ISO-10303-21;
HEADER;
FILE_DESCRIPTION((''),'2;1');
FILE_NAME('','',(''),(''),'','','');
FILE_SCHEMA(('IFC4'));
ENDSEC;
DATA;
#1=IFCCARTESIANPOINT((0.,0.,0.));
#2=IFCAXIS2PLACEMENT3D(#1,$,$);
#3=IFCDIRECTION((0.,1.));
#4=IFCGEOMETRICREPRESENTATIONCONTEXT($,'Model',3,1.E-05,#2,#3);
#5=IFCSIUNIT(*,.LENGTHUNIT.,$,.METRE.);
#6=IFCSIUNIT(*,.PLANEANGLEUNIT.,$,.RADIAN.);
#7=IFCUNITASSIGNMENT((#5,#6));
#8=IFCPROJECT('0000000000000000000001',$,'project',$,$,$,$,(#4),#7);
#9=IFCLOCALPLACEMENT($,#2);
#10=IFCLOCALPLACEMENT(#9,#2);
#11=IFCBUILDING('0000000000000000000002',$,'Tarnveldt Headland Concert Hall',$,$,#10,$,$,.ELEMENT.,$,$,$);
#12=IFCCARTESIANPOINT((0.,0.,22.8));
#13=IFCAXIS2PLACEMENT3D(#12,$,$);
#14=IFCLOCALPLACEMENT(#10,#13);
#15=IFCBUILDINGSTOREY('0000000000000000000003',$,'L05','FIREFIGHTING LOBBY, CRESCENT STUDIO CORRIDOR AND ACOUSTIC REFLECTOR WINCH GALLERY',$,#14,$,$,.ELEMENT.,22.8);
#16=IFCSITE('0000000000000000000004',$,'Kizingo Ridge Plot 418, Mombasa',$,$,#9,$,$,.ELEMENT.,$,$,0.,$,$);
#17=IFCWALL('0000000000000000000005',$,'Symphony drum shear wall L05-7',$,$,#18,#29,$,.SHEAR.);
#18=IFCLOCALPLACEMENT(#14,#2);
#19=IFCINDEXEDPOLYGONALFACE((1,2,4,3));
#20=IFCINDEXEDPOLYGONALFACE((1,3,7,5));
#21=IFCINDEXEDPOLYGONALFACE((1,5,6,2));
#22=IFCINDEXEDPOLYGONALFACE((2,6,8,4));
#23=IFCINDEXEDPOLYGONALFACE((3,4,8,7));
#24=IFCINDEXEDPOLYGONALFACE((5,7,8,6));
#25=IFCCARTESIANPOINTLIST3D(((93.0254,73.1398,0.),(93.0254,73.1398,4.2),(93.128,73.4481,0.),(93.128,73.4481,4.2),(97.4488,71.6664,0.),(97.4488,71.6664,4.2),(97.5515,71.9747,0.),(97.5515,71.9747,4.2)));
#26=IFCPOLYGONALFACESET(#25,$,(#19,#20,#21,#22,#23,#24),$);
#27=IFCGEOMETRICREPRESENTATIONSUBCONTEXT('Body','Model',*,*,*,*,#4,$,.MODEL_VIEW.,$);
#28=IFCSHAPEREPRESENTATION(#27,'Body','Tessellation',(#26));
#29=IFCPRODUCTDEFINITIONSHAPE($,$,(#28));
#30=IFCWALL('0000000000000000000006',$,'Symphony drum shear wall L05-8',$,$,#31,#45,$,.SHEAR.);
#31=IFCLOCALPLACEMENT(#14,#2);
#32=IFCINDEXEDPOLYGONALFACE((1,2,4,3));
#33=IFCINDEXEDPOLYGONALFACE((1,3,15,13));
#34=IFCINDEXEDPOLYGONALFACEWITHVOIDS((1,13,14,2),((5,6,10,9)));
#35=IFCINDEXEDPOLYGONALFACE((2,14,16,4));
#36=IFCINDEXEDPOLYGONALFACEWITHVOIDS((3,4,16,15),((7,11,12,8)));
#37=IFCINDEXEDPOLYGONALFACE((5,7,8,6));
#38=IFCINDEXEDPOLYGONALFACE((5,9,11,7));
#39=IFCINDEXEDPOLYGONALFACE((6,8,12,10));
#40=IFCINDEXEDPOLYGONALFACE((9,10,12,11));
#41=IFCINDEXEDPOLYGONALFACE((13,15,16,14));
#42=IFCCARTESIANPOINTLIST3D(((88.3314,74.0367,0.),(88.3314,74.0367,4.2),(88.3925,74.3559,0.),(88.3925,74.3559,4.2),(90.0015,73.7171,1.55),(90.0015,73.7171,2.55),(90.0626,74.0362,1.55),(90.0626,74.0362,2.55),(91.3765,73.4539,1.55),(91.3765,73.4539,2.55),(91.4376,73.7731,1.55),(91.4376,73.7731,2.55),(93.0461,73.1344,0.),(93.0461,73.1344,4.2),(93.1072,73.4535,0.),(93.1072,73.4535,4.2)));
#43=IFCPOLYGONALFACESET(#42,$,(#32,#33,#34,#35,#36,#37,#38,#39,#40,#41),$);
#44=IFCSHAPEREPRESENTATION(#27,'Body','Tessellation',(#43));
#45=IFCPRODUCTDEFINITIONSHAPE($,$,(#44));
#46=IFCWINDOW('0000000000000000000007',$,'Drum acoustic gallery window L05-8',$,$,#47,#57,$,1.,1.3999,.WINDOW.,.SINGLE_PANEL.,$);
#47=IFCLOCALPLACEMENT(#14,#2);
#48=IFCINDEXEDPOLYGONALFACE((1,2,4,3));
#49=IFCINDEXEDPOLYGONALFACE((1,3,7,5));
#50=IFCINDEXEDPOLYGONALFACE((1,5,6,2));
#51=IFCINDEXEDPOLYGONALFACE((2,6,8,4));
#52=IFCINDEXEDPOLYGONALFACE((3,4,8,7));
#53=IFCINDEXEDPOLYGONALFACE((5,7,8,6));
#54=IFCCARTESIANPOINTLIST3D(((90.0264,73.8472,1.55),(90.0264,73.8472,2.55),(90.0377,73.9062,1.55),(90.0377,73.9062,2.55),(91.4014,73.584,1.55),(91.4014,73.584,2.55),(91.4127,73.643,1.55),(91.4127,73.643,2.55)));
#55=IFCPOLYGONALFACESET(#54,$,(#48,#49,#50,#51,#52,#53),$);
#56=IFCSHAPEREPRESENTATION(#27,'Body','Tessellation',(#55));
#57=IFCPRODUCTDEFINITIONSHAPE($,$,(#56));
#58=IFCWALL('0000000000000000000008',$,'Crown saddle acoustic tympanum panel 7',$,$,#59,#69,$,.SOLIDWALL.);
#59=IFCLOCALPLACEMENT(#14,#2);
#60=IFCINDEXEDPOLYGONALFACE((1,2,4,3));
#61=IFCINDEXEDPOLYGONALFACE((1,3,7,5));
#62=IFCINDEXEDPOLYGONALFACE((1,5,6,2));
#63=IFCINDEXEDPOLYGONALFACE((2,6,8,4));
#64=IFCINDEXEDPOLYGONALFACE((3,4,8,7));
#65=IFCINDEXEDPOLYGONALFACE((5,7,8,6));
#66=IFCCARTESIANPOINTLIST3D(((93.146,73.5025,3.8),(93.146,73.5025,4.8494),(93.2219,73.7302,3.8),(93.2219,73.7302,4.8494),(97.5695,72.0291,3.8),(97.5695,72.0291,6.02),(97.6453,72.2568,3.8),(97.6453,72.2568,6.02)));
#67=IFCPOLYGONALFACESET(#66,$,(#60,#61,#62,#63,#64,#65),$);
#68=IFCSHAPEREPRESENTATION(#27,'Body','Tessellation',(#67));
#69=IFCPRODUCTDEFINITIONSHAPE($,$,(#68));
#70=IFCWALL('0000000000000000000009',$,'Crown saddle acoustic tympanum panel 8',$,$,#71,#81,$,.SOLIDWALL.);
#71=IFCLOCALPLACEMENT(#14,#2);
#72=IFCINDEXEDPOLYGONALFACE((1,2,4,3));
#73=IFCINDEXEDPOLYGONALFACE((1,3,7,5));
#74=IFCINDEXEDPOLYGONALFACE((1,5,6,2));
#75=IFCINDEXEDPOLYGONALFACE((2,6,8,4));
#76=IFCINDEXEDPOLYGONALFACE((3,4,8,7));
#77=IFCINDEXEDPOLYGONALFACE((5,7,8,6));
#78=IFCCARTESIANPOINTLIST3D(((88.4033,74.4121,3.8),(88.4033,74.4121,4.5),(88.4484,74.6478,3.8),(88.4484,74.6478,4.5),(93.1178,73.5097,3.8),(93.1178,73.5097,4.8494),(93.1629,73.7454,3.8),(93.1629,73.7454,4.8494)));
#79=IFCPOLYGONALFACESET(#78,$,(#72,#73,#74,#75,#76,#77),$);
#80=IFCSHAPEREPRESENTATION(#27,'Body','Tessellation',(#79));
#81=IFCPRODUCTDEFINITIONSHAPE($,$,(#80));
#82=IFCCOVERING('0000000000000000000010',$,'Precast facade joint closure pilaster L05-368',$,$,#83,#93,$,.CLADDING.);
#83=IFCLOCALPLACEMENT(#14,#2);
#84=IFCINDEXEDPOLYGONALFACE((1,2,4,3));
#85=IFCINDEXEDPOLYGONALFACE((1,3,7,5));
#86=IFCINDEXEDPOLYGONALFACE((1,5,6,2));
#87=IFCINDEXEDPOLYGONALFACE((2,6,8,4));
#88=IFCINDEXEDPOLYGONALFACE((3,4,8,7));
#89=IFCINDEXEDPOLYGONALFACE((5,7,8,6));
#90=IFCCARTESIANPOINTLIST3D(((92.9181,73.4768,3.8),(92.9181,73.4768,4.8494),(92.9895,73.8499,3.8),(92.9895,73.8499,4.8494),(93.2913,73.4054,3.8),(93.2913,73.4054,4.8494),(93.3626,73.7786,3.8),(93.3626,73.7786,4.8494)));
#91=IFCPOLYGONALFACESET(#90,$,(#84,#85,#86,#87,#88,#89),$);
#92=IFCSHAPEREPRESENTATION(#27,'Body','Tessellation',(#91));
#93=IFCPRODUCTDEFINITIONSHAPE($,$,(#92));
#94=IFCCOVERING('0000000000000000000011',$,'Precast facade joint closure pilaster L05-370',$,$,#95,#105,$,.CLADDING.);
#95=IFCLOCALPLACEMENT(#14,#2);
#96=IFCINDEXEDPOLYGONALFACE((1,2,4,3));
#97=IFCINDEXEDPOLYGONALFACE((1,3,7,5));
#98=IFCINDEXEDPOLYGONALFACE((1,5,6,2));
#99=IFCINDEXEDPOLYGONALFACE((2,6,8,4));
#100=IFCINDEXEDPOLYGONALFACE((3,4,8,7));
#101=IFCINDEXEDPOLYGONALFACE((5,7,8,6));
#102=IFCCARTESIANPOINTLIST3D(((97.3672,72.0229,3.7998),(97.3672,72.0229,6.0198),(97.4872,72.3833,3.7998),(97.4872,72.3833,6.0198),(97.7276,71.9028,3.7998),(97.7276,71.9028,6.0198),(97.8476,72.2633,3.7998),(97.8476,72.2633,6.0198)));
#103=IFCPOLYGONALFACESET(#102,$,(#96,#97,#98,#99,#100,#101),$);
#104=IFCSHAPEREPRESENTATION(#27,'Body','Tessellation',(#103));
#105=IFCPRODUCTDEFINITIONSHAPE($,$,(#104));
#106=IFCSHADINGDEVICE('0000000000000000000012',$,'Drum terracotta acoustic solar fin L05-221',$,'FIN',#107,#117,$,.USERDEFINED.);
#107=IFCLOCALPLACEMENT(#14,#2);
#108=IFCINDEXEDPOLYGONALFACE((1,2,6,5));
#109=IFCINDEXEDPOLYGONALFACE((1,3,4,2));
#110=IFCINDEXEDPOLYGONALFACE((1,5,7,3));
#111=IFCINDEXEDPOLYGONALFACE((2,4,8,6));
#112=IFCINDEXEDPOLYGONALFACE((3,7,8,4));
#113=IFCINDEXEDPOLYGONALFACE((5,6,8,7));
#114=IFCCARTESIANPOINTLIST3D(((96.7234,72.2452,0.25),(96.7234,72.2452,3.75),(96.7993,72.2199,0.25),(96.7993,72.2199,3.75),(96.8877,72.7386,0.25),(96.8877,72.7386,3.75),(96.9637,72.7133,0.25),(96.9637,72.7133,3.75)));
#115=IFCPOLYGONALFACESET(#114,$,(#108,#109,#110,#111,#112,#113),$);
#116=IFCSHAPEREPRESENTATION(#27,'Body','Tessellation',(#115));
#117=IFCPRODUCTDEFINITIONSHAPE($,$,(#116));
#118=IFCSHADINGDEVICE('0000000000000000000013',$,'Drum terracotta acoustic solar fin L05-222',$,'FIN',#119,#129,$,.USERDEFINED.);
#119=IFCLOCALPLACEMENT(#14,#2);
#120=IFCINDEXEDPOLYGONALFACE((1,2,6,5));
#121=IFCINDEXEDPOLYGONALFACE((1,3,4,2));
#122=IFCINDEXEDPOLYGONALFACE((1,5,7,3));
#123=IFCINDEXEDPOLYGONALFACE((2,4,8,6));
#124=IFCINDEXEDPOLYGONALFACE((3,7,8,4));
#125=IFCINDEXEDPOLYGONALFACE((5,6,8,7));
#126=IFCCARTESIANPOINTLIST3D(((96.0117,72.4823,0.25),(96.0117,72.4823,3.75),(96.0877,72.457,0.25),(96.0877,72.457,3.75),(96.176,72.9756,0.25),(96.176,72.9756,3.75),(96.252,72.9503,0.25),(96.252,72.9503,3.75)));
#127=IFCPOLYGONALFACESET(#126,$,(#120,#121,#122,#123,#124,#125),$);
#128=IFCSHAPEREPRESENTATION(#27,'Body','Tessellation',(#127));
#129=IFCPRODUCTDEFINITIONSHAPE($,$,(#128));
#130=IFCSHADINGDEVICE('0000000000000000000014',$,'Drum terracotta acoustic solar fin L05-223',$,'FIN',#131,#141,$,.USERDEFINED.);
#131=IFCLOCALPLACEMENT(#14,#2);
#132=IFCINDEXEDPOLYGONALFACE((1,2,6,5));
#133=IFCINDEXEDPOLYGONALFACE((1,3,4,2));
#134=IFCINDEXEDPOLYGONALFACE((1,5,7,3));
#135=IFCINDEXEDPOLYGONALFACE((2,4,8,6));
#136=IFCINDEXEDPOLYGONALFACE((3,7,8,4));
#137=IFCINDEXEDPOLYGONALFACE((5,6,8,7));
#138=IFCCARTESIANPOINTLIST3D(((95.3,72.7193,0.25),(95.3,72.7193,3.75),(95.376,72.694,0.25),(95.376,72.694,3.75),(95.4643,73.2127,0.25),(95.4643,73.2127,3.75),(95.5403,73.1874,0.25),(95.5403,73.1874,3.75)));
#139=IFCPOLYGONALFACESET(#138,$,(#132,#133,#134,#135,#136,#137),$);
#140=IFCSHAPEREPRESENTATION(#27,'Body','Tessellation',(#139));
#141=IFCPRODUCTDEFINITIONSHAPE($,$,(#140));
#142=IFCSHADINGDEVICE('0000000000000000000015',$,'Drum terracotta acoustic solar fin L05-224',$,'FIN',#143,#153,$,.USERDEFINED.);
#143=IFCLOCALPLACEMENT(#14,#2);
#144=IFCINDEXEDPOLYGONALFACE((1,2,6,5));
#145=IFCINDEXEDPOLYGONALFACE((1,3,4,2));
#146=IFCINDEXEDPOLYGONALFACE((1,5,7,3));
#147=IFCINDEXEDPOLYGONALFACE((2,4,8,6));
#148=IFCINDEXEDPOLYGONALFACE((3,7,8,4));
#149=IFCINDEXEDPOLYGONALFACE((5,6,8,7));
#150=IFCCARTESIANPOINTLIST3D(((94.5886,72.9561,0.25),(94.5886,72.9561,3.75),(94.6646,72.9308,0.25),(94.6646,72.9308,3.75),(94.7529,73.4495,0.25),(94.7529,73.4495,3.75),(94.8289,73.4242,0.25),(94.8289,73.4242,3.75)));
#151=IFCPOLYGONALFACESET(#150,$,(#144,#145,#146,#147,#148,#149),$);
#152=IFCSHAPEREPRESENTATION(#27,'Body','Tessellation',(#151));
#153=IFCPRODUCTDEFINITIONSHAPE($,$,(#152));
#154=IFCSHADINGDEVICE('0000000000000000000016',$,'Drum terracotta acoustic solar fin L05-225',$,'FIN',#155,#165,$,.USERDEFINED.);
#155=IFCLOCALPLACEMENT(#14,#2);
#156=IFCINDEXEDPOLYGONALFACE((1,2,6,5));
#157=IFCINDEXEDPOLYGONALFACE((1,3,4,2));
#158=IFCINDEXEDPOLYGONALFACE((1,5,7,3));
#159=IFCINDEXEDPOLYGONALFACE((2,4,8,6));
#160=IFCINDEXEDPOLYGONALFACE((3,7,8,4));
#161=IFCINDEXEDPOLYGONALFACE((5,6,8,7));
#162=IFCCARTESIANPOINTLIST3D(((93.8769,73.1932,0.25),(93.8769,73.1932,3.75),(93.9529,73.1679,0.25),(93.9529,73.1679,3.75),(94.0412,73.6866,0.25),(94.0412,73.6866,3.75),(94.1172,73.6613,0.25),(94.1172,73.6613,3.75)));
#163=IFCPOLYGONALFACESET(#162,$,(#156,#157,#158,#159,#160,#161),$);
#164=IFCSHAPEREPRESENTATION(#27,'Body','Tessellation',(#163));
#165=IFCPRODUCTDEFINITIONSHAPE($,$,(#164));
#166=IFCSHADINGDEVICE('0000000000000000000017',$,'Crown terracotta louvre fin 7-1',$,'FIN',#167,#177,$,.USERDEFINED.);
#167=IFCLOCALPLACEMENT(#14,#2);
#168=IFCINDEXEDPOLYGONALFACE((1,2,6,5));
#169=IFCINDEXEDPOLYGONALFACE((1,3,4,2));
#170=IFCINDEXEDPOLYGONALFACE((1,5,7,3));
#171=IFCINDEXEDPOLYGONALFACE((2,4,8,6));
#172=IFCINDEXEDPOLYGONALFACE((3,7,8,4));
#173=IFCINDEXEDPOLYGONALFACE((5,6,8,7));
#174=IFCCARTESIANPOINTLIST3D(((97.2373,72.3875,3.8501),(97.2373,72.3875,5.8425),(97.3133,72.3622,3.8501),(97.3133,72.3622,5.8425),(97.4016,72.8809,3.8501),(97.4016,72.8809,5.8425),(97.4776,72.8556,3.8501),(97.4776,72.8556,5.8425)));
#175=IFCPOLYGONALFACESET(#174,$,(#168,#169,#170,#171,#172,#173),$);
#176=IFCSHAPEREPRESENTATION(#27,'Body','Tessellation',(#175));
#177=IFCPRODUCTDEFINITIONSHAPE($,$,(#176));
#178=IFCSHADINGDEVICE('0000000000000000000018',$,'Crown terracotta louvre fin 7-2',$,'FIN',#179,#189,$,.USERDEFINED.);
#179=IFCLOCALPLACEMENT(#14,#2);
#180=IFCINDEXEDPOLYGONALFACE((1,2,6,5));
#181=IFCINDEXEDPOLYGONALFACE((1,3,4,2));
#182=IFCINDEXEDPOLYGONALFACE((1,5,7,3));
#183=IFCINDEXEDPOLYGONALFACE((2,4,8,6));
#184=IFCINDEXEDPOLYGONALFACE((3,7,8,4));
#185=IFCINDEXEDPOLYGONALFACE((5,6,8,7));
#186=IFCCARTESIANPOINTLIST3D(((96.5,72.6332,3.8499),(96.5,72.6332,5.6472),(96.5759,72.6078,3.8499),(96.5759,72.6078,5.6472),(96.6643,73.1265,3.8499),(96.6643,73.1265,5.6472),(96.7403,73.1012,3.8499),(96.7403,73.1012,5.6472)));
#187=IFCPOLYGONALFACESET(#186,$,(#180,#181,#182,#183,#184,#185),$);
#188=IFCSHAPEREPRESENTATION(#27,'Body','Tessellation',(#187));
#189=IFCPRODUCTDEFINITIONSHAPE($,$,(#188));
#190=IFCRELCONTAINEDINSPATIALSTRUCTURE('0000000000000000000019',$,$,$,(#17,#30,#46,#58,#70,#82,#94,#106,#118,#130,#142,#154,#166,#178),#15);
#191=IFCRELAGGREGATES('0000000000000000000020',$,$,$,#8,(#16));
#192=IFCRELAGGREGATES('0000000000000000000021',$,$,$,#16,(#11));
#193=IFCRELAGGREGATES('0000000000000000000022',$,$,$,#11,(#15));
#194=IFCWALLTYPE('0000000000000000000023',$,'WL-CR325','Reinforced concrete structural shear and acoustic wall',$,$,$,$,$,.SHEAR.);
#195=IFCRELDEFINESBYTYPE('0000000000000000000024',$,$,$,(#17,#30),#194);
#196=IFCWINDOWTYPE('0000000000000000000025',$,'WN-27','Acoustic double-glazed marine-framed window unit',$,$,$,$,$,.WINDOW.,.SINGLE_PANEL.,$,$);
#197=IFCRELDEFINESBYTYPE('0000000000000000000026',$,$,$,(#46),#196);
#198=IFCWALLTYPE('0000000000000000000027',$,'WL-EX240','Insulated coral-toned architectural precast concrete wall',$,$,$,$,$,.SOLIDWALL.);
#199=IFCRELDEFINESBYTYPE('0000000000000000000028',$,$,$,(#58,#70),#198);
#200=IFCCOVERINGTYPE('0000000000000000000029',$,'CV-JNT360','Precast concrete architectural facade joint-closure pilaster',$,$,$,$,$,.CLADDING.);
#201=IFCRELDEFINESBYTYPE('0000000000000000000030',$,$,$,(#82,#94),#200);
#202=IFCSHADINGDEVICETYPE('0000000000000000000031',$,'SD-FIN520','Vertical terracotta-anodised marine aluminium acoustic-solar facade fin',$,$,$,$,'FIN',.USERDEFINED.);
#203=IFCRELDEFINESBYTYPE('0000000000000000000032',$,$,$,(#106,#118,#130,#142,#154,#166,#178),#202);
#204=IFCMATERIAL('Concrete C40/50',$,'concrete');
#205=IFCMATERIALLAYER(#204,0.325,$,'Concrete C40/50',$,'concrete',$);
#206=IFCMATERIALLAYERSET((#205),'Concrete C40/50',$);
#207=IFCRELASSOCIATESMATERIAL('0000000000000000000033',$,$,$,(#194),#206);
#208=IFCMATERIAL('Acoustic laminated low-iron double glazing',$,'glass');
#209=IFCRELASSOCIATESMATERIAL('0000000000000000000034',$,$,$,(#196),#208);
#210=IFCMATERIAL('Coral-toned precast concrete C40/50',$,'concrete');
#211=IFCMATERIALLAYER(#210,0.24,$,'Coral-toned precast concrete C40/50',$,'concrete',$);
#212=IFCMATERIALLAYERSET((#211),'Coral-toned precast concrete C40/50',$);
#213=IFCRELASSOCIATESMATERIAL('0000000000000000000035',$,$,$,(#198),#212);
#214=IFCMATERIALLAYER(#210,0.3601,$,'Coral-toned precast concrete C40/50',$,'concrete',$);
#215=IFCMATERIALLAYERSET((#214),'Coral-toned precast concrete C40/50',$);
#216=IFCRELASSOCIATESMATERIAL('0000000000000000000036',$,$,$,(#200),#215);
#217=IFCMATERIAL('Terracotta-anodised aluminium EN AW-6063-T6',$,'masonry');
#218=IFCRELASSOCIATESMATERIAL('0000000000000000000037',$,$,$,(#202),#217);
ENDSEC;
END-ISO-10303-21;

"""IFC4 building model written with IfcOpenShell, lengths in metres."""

from ifc_helpers import new_model, si_unit, direction, frame, frame_2d, origin, origin_2d, place, context, subcontext, project, spatial, polyline, rectangle, outline, extrude, material, layer, layer_set, type_object, element, fill, save


model = new_model("IFC4")

# Units and contexts
model_context = context("Model", 3, precision=1e-05, world=origin(), true_north=direction((0.0, 1.0)))
body_context = subcontext(model_context, "Body", "Model", "MODEL_VIEW")
ifc_project = project(units=[si_unit("LENGTHUNIT", "METRE"), si_unit("PLANEANGLEUNIT", "RADIAN")], contexts=[model_context])

# Site, building, storey
site_placement = place(None, origin())
site = spatial("IfcSite", under=ifc_project, at=site_placement, Name="Kizingo Ridge Plot 418, Mombasa", CompositionType="ELEMENT", RefElevation=0.0)
building_placement = place(site_placement, origin())
building = spatial("IfcBuilding", under=site, at=building_placement, Name="Tarnveldt Headland Concert Hall", CompositionType="ELEMENT")
storey_placement = place(building_placement, frame((0.0, 0.0, 22.8)))
storey = spatial("IfcBuildingStorey", under=building, at=storey_placement, Name="L05", Description="FIREFIGHTING LOBBY, CRESCENT STUDIO CORRIDOR AND ACOUSTIC REFLECTOR WINCH GALLERY", CompositionType="ELEMENT", Elevation=22.8)

# Shared definitions
ifc_material_1 = material(Name="Concrete C40/50", Category="concrete")

# Wall
ifc_layer_1 = layer(ifc_material_1, 0.325, Name="Concrete C40/50", Category="concrete")
ifc_layer_set_1 = layer_set([ifc_layer_1], Name="Concrete C40/50")
wall_type_1 = type_object("IfcWallType", Name="WL-CR325", Description="Reinforced concrete structural shear and acoustic wall", PredefinedType="SHEAR", material=ifc_layer_set_1)
wall_1_placement = place(storey_placement, frame((97.5, 71.8206, 0.0), z_axis=(0.0, 0.0, 1.0), x_axis=(-0.948751, 0.316024, 0.0)))
element("IfcWall", 1, at=wall_1_placement, inside=storey, type_object=wall_type_1, Name="Symphony drum shear wall L05-7", PredefinedType="SHEAR", context=body_context, shape_type="SweptSolid", body=[
    extrude(rectangle(XDim=4.6624, YDim=0.325, at=frame_2d((2.3311, 0.0))), origin(), (0.0, 0.0, 1.0), 4.2),
])

# Wall, opening, window
wall_2_placement = place(storey_placement, frame((93.0767, 73.2939, 0.0), z_axis=(0.0, 0.0, 1.0), x_axis=(-0.982173, 0.187981, 0.0)))
wall_2 = element("IfcWall", 2, at=wall_2_placement, inside=storey, type_object=wall_type_1, Name="Symphony drum shear wall L05-8", PredefinedType="SHEAR", context=body_context, shape_type="SweptSolid", body=[
    extrude(rectangle(XDim=4.8003, YDim=0.325, at=frame_2d((2.4001, 0.0))), origin(), (0.0, 0.0, 1.0), 4.2),
])
opening_placement = place(wall_2_placement, frame((1.7, 0.0, 1.55)))
opening = element("IfcOpeningElement", 3, at=opening_placement, cuts=wall_2, PredefinedType="OPENING", context=body_context, shape_type="SweptSolid", body=[
    extrude(rectangle(XDim=1.3999, YDim=1.0, at=frame_2d((0.7, 0.5))), frame((0.0, 0.1724, 0.0), z_axis=(0.0, -1.0, 0.0), x_axis=(1.0, 0.0, 0.0)), (0.0, 0.0, 1.0), 0.345),
])
ifc_material_2 = material(Name="Acoustic laminated low-iron double glazing", Category="glass")
window_type = type_object("IfcWindowType", Name="WN-27", Description="Acoustic double-glazed marine-framed window unit", PartitioningType="SINGLE_PANEL", PredefinedType="WINDOW", material=ifc_material_2)
window_placement = place(opening_placement, origin())
window = element("IfcWindow", 4, at=window_placement, inside=storey, type_object=window_type, Name="Drum acoustic gallery window L05-8", OverallHeight=1.0, OverallWidth=1.3999, PartitioningType="SINGLE_PANEL", PredefinedType="WINDOW", context=body_context, shape_type="SweptSolid", body=[
    extrude(rectangle(XDim=1.3999, YDim=1.0, at=frame_2d((0.7, 0.5))), frame((0.0, 0.03, 0.0), z_axis=(0.0, -1.0, 0.0), x_axis=(1.0, 0.0, 0.0)), (0.0, 0.0, 1.0), 0.0601),
])
fill(opening, window)

# Walls
ifc_material_3 = material(Name="Coral-toned precast concrete C40/50", Category="concrete")
ifc_layer_2 = layer(ifc_material_3, 0.24, Name="Coral-toned precast concrete C40/50", Category="concrete")
ifc_layer_set_2 = layer_set([ifc_layer_2], Name="Coral-toned precast concrete C40/50")
wall_type_2 = type_object("IfcWallType", Name="WL-EX240", Description="Insulated coral-toned architectural precast concrete wall", PredefinedType="SOLIDWALL", material=ifc_layer_set_2)
wall_3_placement = place(storey_placement, frame((97.6074, 72.1431, 3.8), z_axis=(0.0, 0.0, 1.0), x_axis=(-0.948751, 0.316024, 0.0)))
element("IfcWall", 5, at=wall_3_placement, inside=storey, type_object=wall_type_2, Name="Crown saddle acoustic tympanum panel 7", PredefinedType="SOLIDWALL", context=body_context, shape_type="SweptSolid", body=[
    extrude(outline(polyline([(0.0, 0.0), (4.6624, 0.0), (4.6624, 1.0493), (0.0, 2.22), (0.0, 0.0)])), frame((0.0, 0.1201, 0.0), z_axis=(0.0, -1.0, 0.0), x_axis=(1.0, 0.0, 0.0)), (0.0, 0.0, 1.0), 0.24),
])
wall_4_placement = place(storey_placement, frame((93.1404, 73.6277, 3.8), z_axis=(0.0, 0.0, 1.0), x_axis=(-0.982171, 0.187991, 0.0)))
element("IfcWall", 6, at=wall_4_placement, inside=storey, type_object=wall_type_2, Name="Crown saddle acoustic tympanum panel 8", PredefinedType="SOLIDWALL", context=body_context, shape_type="SweptSolid", body=[
    extrude(outline(polyline([(0.0, 0.0), (4.8, 0.0), (4.8, 0.7), (0.0, 1.0493), (0.0, 0.0)])), frame((0.0, 0.1201, 0.0), z_axis=(0.0, -1.0, 0.0), x_axis=(1.0, 0.0, 0.0)), (0.0, 0.0, 1.0), 0.24),
])

# Coverings
ifc_layer_3 = layer(ifc_material_3, 0.3601, Name="Coral-toned precast concrete C40/50", Category="concrete")
ifc_layer_set_3 = layer_set([ifc_layer_3], Name="Coral-toned precast concrete C40/50")
covering_type = type_object("IfcCoveringType", Name="CV-JNT360", Description="Precast concrete architectural facade joint-closure pilaster", PredefinedType="CLADDING", material=ifc_layer_set_3)
covering_1_placement = place(storey_placement, frame((93.1404, 73.6277, 3.8), z_axis=(0.0, 0.0, 1.0), x_axis=(0.187896, 0.982189, 0.0)))
element("IfcCovering", 7, at=covering_1_placement, inside=storey, type_object=covering_type, Name="Precast facade joint closure pilaster L05-368", PredefinedType="CLADDING", context=body_context, shape_type="SweptSolid", body=[
    extrude(rectangle(XDim=0.3799, YDim=0.3799, at=origin_2d()), origin(), (0.0, 0.0, 1.0), 1.0493),
])
covering_2_placement = place(storey_placement, frame((97.6074, 72.1431, 3.7998), z_axis=(0.0, 0.0, 1.0), x_axis=(0.31598, 0.948766, 0.0)))
element("IfcCovering", 8, at=covering_2_placement, inside=storey, type_object=covering_type, Name="Precast facade joint closure pilaster L05-370", PredefinedType="CLADDING", context=body_context, shape_type="SweptSolid", body=[
    extrude(rectangle(XDim=0.3799, YDim=0.3799, at=origin_2d()), origin(), (0.0, 0.0, 1.0), 2.22),
])

# Shading devices
ifc_material_4 = material(Name="Terracotta-anodised aluminium EN AW-6063-T6", Category="masonry")
shading_device_type = type_object("IfcShadingDeviceType", Name="SD-FIN520", Description="Vertical terracotta-anodised marine aluminium acoustic-solar facade fin", ElementType="FIN", PredefinedType="USERDEFINED", material=ifc_material_4)
for number, where, z_axis, x_axis, name in (
    (9, (96.8435, 72.4792, 0.25), (0.0, 0.0, 1.0), (0.31598, 0.948766, 0.0), "Drum terracotta acoustic solar fin L05-221"),
    (10, (96.1318, 72.7163, 0.25), (0.0, 0.0, 1.0), (0.31598, 0.948766, 0.0), "Drum terracotta acoustic solar fin L05-222"),
    (11, (95.4202, 72.9534, 0.25), (0.0, 0.0, 1.0), (0.31598, 0.948766, 0.0), "Drum terracotta acoustic solar fin L05-223"),
    (12, (94.7087, 73.1902, 0.25), (0.0, 0.0, 1.0), (0.31598, 0.948766, 0.0), "Drum terracotta acoustic solar fin L05-224"),
    (13, (93.9971, 73.4272, 0.25), (0.0, 0.0, 1.0), (0.31598, 0.948766, 0.0), "Drum terracotta acoustic solar fin L05-225"),
):
    element("IfcShadingDevice", number, at=place(storey_placement, frame(where, z_axis=z_axis, x_axis=x_axis)), inside=storey, type_object=shading_device_type, Name=name, ObjectType="FIN", PredefinedType="USERDEFINED", context=body_context, shape_type="SweptSolid", body=[
        extrude(rectangle(XDim=0.52, YDim=0.0801, at=origin_2d()), origin(), (0.0, 0.0, 1.0), 3.5),
    ])
shading_device_1_placement = place(storey_placement, frame((97.3574, 72.6216, 3.8501), z_axis=(0.0, 0.0, 1.0), x_axis=(0.31598, 0.948766, 0.0)))
element("IfcShadingDevice", 14, at=shading_device_1_placement, inside=storey, type_object=shading_device_type, Name="Crown terracotta louvre fin 7-1", ObjectType="FIN", PredefinedType="USERDEFINED", context=body_context, shape_type="SweptSolid", body=[
    extrude(rectangle(XDim=0.52, YDim=0.0801, at=origin_2d()), origin(), (0.0, 0.0, 1.0), 1.9924),
])
shading_device_2_placement = place(storey_placement, frame((96.6201, 72.8672, 3.8499), z_axis=(0.0, 0.0, 1.0), x_axis=(0.31598, 0.948766, 0.0)))
element("IfcShadingDevice", 15, at=shading_device_2_placement, inside=storey, type_object=shading_device_type, Name="Crown terracotta louvre fin 7-2", ObjectType="FIN", PredefinedType="USERDEFINED", context=body_context, shape_type="SweptSolid", body=[
    extrude(rectangle(XDim=0.52, YDim=0.0801, at=origin_2d()), origin(), (0.0, 0.0, 1.0), 1.7974),
])

save(model, "model.ifc")
